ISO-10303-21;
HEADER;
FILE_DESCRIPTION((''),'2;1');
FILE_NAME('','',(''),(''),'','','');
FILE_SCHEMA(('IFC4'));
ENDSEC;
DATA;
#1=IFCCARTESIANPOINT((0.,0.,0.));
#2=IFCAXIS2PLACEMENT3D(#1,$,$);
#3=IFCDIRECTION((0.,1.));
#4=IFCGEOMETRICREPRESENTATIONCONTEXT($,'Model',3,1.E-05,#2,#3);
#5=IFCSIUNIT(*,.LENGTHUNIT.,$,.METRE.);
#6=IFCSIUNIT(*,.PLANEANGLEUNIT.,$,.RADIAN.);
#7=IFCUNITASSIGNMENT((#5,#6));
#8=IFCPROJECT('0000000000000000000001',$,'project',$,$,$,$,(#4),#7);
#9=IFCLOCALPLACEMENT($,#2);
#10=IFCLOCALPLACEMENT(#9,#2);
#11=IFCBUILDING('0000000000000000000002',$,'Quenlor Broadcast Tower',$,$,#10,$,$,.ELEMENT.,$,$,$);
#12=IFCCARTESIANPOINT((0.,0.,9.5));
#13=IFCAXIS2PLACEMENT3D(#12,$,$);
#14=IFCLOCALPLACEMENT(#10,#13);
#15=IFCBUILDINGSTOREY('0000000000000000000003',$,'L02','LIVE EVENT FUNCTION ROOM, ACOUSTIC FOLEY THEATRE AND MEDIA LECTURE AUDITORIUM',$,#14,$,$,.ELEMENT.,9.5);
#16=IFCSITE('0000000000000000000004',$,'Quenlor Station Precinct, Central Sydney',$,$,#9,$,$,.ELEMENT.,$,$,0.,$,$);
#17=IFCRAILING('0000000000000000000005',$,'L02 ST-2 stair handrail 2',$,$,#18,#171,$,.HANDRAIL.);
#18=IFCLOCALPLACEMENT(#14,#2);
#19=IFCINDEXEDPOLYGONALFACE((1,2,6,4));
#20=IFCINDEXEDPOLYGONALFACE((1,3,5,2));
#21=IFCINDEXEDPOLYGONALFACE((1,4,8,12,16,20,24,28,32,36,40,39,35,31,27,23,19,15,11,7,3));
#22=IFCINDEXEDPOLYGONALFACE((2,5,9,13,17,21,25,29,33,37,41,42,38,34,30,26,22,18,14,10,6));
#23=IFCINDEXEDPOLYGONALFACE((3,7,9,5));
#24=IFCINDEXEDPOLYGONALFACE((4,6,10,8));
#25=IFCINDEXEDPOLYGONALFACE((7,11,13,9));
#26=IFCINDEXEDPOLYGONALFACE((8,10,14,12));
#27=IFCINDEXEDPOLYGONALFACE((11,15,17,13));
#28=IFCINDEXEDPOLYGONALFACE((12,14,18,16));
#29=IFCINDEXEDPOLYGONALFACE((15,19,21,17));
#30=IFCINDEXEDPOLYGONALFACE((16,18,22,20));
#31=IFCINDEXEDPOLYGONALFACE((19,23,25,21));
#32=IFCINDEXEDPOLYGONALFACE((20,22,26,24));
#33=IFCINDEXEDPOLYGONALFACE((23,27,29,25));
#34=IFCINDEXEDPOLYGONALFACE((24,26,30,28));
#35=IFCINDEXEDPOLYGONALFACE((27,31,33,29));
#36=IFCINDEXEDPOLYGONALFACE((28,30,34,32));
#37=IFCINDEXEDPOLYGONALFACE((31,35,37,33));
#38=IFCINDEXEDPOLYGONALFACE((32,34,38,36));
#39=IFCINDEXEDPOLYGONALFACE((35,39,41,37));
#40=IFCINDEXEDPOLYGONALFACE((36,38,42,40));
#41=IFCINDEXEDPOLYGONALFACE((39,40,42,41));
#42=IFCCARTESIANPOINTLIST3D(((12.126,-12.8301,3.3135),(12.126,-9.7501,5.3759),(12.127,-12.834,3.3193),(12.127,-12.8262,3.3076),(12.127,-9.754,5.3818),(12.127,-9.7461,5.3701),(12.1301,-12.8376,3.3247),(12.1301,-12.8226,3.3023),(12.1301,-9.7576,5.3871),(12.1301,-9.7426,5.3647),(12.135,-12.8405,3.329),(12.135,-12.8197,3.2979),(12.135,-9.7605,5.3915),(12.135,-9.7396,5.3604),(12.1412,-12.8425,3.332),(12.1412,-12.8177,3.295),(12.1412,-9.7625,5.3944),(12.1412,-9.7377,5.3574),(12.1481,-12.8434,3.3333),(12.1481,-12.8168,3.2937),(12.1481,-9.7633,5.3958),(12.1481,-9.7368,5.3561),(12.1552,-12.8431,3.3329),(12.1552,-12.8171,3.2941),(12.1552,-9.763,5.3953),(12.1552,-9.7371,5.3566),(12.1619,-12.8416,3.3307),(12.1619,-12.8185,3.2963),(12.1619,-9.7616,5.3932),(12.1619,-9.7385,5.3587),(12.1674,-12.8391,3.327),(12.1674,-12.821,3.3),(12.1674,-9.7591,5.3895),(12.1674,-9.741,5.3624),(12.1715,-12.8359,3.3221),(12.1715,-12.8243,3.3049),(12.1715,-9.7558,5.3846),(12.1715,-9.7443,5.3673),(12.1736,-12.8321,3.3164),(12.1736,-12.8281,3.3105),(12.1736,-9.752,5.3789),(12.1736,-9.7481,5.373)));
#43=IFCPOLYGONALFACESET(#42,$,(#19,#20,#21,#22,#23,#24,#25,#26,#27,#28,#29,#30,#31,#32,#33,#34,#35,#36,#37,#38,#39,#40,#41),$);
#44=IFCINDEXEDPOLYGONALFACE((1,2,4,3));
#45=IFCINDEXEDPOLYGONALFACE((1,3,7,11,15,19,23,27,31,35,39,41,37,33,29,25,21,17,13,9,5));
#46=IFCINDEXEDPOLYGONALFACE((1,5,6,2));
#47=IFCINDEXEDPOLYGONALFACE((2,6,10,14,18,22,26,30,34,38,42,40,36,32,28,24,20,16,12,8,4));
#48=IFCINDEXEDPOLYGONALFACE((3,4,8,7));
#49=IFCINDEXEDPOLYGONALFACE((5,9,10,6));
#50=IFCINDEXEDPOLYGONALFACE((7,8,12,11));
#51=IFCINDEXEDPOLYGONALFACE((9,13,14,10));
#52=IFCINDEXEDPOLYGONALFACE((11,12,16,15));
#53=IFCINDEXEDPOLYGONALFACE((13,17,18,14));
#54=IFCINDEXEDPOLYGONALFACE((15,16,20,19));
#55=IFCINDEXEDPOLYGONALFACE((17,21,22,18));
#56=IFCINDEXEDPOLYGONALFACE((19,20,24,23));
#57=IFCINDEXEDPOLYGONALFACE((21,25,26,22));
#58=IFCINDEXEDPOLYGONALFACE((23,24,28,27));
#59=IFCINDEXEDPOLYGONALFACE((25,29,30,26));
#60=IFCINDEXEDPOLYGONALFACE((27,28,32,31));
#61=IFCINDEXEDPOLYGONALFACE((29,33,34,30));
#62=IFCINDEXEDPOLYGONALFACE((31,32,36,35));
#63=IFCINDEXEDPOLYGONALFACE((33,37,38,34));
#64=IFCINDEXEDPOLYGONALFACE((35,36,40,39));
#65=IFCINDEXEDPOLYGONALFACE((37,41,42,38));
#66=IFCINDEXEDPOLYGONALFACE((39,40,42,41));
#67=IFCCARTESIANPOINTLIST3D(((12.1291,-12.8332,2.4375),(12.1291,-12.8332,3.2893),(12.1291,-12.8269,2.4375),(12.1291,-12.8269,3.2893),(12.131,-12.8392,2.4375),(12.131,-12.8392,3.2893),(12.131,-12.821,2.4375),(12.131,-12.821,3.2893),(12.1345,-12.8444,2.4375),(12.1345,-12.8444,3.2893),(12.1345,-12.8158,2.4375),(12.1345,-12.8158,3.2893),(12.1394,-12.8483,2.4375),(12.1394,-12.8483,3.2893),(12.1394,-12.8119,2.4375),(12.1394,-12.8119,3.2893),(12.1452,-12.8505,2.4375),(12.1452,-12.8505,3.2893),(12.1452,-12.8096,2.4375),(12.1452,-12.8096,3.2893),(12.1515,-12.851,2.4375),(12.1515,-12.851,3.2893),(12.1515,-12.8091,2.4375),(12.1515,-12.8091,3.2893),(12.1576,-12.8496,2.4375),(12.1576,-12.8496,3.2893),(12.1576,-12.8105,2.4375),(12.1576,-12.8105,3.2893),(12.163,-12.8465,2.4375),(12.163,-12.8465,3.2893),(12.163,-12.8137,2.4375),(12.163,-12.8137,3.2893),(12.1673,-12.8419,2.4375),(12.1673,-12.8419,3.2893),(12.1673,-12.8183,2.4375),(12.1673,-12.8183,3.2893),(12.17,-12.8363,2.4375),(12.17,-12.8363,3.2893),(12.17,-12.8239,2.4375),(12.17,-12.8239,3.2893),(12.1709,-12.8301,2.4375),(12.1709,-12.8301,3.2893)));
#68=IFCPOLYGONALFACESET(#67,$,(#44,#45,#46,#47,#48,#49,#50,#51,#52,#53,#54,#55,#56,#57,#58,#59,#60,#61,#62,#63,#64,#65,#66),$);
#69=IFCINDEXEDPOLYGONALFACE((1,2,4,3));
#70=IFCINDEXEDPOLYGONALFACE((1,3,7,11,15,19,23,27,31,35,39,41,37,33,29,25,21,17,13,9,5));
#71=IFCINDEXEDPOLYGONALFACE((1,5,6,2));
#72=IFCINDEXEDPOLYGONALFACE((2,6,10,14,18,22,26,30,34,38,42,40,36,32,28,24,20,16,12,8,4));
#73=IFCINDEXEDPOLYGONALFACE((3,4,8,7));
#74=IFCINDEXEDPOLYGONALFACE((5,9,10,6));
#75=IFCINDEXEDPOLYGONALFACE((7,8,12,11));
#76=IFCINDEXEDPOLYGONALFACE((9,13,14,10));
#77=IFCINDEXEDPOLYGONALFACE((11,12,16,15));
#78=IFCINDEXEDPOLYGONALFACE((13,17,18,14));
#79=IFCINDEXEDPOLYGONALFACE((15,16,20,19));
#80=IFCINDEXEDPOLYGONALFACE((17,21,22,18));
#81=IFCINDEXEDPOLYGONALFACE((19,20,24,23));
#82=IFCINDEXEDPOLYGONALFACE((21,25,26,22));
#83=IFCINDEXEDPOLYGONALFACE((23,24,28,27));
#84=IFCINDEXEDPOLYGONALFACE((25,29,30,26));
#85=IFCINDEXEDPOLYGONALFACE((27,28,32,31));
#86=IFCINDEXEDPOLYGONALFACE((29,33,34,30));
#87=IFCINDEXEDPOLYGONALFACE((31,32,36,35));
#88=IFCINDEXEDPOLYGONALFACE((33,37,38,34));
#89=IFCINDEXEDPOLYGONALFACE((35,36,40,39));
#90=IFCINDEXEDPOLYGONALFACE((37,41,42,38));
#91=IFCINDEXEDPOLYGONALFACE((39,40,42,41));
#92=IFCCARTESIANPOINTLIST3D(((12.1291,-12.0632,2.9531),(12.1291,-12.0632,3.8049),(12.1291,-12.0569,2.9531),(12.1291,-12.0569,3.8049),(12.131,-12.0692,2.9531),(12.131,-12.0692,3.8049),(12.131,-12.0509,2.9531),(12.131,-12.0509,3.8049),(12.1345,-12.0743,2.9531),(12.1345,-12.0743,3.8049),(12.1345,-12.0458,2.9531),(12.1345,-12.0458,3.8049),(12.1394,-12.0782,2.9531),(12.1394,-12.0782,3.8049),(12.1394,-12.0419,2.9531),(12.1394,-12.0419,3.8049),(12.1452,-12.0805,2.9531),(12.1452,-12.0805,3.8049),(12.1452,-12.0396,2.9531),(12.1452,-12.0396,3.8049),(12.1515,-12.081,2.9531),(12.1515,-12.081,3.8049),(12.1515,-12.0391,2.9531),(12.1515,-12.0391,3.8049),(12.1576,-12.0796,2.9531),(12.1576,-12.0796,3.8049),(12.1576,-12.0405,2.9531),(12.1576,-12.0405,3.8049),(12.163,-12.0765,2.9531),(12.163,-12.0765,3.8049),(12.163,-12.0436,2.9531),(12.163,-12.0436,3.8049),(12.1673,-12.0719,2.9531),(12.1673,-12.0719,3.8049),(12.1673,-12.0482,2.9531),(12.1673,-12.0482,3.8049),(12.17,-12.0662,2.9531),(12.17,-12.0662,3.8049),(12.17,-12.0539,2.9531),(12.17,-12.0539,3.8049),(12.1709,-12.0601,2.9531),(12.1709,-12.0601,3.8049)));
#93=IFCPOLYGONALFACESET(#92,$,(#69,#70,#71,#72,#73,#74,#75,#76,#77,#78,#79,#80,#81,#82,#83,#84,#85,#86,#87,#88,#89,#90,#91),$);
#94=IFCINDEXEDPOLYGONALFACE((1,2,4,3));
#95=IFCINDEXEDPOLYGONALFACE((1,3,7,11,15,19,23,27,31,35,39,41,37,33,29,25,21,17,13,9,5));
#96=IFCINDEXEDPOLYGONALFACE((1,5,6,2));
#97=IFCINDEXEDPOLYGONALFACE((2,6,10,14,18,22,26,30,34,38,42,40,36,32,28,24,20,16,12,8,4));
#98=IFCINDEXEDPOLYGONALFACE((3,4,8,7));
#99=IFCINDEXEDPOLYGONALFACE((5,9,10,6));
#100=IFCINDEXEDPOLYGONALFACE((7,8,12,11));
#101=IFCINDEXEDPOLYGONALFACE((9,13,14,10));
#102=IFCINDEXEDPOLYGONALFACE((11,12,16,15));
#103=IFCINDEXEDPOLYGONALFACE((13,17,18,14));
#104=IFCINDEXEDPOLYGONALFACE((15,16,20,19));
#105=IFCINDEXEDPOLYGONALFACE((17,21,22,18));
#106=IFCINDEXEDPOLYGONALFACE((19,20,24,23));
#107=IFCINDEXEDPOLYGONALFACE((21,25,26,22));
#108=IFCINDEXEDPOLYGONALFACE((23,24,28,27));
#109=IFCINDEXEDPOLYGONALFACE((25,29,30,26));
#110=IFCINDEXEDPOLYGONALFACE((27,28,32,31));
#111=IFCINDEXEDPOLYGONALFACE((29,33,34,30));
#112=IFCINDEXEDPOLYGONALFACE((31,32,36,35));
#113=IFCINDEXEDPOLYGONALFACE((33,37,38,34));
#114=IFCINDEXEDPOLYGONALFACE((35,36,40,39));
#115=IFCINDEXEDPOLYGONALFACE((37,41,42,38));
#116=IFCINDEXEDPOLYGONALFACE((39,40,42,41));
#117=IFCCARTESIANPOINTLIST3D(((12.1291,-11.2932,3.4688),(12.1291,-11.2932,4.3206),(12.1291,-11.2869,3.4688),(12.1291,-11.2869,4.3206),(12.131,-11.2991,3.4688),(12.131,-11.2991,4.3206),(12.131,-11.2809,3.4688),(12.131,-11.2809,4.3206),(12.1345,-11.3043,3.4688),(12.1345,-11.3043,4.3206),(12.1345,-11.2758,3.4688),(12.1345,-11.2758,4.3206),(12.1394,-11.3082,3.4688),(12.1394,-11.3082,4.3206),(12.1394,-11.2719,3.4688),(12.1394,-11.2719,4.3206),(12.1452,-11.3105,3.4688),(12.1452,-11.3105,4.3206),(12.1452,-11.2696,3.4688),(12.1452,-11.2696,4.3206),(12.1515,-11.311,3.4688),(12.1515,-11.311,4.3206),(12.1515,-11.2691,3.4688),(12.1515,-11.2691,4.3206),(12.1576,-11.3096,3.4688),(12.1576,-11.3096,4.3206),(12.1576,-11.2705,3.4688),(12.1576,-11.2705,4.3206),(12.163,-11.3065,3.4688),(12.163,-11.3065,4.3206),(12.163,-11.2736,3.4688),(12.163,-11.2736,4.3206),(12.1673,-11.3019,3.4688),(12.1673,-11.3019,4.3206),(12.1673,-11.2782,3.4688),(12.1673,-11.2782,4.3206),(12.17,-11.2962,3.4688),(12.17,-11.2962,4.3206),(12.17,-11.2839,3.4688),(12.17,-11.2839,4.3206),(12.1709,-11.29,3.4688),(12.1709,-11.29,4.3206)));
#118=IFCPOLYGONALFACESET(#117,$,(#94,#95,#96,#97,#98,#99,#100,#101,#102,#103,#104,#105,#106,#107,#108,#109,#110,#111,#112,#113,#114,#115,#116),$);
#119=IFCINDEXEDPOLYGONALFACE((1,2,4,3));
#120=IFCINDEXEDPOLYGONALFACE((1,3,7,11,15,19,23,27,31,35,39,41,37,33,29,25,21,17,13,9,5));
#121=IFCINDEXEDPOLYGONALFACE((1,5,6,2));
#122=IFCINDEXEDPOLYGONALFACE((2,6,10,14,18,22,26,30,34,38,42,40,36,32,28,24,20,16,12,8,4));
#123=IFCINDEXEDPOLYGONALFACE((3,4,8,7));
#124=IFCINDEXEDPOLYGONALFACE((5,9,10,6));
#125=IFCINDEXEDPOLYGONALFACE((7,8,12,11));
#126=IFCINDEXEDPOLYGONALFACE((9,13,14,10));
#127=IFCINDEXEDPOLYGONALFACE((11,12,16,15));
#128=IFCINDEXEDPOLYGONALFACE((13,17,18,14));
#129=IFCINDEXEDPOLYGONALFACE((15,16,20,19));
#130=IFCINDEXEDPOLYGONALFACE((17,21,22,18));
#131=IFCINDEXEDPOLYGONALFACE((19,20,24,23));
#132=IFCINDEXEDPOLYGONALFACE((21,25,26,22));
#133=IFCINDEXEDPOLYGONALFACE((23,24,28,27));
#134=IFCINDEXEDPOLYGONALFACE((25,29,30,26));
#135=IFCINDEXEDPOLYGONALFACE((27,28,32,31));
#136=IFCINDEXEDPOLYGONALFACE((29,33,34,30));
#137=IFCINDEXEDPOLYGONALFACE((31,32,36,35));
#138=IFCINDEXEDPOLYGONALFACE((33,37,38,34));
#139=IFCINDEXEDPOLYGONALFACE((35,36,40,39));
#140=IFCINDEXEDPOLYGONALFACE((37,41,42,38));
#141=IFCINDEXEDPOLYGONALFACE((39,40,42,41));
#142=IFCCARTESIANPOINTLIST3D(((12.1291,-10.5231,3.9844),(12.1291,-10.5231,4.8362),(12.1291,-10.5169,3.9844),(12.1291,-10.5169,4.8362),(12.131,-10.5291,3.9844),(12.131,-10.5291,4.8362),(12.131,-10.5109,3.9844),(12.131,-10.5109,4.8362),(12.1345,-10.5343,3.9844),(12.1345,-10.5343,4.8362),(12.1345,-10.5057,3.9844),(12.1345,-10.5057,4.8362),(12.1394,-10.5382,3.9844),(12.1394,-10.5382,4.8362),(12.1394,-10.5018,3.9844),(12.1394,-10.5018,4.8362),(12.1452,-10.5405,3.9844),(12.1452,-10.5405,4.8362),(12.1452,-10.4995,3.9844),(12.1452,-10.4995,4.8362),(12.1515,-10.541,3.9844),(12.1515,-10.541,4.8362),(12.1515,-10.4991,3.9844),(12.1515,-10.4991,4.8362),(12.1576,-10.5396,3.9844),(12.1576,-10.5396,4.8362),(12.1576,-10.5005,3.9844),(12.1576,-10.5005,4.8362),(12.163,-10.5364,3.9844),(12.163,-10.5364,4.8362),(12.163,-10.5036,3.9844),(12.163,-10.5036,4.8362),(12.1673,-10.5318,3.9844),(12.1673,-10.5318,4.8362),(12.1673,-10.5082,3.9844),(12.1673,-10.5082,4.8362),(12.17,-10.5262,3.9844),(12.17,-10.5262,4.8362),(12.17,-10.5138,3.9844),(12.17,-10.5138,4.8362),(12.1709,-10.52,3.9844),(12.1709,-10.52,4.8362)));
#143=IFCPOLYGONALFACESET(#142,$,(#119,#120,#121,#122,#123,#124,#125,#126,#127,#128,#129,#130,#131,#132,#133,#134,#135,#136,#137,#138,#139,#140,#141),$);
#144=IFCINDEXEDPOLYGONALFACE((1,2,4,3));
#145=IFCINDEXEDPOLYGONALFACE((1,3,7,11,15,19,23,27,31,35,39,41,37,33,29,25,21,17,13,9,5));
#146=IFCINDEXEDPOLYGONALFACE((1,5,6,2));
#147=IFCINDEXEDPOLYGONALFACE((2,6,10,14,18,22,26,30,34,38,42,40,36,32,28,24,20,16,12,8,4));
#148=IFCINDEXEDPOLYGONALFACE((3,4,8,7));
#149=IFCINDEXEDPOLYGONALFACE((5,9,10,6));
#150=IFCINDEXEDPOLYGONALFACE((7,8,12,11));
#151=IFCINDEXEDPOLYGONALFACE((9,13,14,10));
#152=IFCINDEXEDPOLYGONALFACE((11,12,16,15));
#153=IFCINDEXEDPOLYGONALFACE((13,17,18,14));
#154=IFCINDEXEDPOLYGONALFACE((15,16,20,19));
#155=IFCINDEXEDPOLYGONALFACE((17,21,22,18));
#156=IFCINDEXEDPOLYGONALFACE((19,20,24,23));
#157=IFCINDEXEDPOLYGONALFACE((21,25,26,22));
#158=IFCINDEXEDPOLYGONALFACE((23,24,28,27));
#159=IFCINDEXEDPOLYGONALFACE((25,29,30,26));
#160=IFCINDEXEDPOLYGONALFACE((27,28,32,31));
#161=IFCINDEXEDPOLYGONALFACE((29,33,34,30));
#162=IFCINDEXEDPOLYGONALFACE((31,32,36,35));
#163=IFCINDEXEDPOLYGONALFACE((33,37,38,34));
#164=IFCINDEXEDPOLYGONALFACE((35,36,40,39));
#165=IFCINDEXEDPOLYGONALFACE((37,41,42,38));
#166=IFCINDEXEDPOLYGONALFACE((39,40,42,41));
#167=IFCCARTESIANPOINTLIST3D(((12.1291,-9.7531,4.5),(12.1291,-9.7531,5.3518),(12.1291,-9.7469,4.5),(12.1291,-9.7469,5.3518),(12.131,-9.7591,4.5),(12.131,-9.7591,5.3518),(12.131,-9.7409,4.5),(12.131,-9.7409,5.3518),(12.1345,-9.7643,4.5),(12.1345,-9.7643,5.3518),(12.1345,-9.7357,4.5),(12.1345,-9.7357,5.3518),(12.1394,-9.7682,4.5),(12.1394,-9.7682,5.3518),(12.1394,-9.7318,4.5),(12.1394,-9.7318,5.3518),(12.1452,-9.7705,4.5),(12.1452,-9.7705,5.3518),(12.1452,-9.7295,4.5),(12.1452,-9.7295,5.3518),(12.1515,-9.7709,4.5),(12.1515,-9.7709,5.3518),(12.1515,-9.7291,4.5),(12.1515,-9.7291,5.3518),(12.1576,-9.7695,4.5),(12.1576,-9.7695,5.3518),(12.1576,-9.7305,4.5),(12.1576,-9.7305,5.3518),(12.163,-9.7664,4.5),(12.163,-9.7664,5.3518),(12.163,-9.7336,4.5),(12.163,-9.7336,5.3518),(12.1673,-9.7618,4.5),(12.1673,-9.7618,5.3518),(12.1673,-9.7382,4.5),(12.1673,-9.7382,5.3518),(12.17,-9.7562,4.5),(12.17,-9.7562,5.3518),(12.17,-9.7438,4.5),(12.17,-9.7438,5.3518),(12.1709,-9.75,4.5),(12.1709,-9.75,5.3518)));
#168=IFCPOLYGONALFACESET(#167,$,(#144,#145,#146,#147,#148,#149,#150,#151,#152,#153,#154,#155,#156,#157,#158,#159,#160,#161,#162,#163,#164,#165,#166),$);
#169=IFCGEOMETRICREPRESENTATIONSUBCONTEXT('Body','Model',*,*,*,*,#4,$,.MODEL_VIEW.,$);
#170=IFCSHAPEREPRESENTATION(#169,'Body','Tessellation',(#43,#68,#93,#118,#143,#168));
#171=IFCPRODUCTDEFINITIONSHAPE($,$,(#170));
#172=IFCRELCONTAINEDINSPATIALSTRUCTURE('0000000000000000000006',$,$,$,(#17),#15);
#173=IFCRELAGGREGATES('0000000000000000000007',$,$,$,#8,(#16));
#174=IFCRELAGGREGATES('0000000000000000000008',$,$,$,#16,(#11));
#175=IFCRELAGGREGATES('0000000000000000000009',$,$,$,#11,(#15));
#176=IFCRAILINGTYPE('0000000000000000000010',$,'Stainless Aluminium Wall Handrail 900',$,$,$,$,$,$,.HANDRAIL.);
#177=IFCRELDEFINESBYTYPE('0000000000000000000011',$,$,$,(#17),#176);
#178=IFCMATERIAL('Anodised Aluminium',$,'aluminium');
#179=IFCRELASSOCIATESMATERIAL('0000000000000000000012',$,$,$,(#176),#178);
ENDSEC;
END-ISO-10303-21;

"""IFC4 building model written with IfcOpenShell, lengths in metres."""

from ifc_helpers import new_model, si_unit, direction, frame, origin, origin_2d, place, context, subcontext, project, spatial, circle, extrude, material, type_object, element, save


model = new_model("IFC4")

# Units and contexts
model_context = context("Model", 3, precision=1e-05, world=origin(), true_north=direction((0.0, 1.0)))
body_context = subcontext(model_context, "Body", "Model", "MODEL_VIEW")
ifc_project = project(units=[si_unit("LENGTHUNIT", "METRE"), si_unit("PLANEANGLEUNIT", "RADIAN")], contexts=[model_context])

# Site, building, storey
site_placement = place(None, origin())
site = spatial("IfcSite", under=ifc_project, at=site_placement, Name="Quenlor Station Precinct, Central Sydney", CompositionType="ELEMENT", RefElevation=0.0)
building_placement = place(site_placement, origin())
building = spatial("IfcBuilding", under=site, at=building_placement, Name="Quenlor Broadcast Tower", CompositionType="ELEMENT")
storey_placement = place(building_placement, frame((0.0, 0.0, 9.5)))
storey = spatial("IfcBuildingStorey", under=building, at=storey_placement, Name="L02", Description="LIVE EVENT FUNCTION ROOM, ACOUSTIC FOLEY THEATRE AND MEDIA LECTURE AUDITORIUM", CompositionType="ELEMENT", Elevation=9.5)

# Railing
ifc_material_1 = material(Name="Anodised Aluminium", Category="aluminium")
railing_type_1 = type_object("IfcRailingType", Name="Stainless Aluminium Wall Handrail 900", PredefinedType="HANDRAIL", material=ifc_material_1)
railing_1_placement = place(storey_placement, frame((12.1499, -12.8301, 2.4375)))
element("IfcRailing", 1, at=railing_1_placement, inside=storey, type_object=railing_type_1, Name="L02 ST-2 stair handrail 2", PredefinedType="HANDRAIL", context=body_context, shape_type="SweptSolid", body=[
    extrude(circle(Radius=0.0239, at=origin_2d()), frame((0.0, 0.0, 0.876), z_axis=(0.0, 0.830914, 0.556401), x_axis=(-1.0, 0.0, 0.0)), (0.0, 0.0, 1.0), 3.7068),
    extrude(circle(Radius=0.021, at=origin_2d()), origin(), (0.0, 0.0, 1.0), 0.8518),
    extrude(circle(Radius=0.021, at=origin_2d()), frame((0.0, 0.77, 0.5156)), (0.0, 0.0, 1.0), 0.8518),
    extrude(circle(Radius=0.021, at=origin_2d()), frame((0.0, 1.54, 1.0312)), (0.0, 0.0, 1.0), 0.8518),
    extrude(circle(Radius=0.021, at=origin_2d()), frame((0.0, 2.3101, 1.5469)), (0.0, 0.0, 1.0), 0.8518),
    extrude(circle(Radius=0.021, at=origin_2d()), frame((0.0, 3.0801, 2.0625)), (0.0, 0.0, 1.0), 0.8518),
])

save(model, "model.ifc")
